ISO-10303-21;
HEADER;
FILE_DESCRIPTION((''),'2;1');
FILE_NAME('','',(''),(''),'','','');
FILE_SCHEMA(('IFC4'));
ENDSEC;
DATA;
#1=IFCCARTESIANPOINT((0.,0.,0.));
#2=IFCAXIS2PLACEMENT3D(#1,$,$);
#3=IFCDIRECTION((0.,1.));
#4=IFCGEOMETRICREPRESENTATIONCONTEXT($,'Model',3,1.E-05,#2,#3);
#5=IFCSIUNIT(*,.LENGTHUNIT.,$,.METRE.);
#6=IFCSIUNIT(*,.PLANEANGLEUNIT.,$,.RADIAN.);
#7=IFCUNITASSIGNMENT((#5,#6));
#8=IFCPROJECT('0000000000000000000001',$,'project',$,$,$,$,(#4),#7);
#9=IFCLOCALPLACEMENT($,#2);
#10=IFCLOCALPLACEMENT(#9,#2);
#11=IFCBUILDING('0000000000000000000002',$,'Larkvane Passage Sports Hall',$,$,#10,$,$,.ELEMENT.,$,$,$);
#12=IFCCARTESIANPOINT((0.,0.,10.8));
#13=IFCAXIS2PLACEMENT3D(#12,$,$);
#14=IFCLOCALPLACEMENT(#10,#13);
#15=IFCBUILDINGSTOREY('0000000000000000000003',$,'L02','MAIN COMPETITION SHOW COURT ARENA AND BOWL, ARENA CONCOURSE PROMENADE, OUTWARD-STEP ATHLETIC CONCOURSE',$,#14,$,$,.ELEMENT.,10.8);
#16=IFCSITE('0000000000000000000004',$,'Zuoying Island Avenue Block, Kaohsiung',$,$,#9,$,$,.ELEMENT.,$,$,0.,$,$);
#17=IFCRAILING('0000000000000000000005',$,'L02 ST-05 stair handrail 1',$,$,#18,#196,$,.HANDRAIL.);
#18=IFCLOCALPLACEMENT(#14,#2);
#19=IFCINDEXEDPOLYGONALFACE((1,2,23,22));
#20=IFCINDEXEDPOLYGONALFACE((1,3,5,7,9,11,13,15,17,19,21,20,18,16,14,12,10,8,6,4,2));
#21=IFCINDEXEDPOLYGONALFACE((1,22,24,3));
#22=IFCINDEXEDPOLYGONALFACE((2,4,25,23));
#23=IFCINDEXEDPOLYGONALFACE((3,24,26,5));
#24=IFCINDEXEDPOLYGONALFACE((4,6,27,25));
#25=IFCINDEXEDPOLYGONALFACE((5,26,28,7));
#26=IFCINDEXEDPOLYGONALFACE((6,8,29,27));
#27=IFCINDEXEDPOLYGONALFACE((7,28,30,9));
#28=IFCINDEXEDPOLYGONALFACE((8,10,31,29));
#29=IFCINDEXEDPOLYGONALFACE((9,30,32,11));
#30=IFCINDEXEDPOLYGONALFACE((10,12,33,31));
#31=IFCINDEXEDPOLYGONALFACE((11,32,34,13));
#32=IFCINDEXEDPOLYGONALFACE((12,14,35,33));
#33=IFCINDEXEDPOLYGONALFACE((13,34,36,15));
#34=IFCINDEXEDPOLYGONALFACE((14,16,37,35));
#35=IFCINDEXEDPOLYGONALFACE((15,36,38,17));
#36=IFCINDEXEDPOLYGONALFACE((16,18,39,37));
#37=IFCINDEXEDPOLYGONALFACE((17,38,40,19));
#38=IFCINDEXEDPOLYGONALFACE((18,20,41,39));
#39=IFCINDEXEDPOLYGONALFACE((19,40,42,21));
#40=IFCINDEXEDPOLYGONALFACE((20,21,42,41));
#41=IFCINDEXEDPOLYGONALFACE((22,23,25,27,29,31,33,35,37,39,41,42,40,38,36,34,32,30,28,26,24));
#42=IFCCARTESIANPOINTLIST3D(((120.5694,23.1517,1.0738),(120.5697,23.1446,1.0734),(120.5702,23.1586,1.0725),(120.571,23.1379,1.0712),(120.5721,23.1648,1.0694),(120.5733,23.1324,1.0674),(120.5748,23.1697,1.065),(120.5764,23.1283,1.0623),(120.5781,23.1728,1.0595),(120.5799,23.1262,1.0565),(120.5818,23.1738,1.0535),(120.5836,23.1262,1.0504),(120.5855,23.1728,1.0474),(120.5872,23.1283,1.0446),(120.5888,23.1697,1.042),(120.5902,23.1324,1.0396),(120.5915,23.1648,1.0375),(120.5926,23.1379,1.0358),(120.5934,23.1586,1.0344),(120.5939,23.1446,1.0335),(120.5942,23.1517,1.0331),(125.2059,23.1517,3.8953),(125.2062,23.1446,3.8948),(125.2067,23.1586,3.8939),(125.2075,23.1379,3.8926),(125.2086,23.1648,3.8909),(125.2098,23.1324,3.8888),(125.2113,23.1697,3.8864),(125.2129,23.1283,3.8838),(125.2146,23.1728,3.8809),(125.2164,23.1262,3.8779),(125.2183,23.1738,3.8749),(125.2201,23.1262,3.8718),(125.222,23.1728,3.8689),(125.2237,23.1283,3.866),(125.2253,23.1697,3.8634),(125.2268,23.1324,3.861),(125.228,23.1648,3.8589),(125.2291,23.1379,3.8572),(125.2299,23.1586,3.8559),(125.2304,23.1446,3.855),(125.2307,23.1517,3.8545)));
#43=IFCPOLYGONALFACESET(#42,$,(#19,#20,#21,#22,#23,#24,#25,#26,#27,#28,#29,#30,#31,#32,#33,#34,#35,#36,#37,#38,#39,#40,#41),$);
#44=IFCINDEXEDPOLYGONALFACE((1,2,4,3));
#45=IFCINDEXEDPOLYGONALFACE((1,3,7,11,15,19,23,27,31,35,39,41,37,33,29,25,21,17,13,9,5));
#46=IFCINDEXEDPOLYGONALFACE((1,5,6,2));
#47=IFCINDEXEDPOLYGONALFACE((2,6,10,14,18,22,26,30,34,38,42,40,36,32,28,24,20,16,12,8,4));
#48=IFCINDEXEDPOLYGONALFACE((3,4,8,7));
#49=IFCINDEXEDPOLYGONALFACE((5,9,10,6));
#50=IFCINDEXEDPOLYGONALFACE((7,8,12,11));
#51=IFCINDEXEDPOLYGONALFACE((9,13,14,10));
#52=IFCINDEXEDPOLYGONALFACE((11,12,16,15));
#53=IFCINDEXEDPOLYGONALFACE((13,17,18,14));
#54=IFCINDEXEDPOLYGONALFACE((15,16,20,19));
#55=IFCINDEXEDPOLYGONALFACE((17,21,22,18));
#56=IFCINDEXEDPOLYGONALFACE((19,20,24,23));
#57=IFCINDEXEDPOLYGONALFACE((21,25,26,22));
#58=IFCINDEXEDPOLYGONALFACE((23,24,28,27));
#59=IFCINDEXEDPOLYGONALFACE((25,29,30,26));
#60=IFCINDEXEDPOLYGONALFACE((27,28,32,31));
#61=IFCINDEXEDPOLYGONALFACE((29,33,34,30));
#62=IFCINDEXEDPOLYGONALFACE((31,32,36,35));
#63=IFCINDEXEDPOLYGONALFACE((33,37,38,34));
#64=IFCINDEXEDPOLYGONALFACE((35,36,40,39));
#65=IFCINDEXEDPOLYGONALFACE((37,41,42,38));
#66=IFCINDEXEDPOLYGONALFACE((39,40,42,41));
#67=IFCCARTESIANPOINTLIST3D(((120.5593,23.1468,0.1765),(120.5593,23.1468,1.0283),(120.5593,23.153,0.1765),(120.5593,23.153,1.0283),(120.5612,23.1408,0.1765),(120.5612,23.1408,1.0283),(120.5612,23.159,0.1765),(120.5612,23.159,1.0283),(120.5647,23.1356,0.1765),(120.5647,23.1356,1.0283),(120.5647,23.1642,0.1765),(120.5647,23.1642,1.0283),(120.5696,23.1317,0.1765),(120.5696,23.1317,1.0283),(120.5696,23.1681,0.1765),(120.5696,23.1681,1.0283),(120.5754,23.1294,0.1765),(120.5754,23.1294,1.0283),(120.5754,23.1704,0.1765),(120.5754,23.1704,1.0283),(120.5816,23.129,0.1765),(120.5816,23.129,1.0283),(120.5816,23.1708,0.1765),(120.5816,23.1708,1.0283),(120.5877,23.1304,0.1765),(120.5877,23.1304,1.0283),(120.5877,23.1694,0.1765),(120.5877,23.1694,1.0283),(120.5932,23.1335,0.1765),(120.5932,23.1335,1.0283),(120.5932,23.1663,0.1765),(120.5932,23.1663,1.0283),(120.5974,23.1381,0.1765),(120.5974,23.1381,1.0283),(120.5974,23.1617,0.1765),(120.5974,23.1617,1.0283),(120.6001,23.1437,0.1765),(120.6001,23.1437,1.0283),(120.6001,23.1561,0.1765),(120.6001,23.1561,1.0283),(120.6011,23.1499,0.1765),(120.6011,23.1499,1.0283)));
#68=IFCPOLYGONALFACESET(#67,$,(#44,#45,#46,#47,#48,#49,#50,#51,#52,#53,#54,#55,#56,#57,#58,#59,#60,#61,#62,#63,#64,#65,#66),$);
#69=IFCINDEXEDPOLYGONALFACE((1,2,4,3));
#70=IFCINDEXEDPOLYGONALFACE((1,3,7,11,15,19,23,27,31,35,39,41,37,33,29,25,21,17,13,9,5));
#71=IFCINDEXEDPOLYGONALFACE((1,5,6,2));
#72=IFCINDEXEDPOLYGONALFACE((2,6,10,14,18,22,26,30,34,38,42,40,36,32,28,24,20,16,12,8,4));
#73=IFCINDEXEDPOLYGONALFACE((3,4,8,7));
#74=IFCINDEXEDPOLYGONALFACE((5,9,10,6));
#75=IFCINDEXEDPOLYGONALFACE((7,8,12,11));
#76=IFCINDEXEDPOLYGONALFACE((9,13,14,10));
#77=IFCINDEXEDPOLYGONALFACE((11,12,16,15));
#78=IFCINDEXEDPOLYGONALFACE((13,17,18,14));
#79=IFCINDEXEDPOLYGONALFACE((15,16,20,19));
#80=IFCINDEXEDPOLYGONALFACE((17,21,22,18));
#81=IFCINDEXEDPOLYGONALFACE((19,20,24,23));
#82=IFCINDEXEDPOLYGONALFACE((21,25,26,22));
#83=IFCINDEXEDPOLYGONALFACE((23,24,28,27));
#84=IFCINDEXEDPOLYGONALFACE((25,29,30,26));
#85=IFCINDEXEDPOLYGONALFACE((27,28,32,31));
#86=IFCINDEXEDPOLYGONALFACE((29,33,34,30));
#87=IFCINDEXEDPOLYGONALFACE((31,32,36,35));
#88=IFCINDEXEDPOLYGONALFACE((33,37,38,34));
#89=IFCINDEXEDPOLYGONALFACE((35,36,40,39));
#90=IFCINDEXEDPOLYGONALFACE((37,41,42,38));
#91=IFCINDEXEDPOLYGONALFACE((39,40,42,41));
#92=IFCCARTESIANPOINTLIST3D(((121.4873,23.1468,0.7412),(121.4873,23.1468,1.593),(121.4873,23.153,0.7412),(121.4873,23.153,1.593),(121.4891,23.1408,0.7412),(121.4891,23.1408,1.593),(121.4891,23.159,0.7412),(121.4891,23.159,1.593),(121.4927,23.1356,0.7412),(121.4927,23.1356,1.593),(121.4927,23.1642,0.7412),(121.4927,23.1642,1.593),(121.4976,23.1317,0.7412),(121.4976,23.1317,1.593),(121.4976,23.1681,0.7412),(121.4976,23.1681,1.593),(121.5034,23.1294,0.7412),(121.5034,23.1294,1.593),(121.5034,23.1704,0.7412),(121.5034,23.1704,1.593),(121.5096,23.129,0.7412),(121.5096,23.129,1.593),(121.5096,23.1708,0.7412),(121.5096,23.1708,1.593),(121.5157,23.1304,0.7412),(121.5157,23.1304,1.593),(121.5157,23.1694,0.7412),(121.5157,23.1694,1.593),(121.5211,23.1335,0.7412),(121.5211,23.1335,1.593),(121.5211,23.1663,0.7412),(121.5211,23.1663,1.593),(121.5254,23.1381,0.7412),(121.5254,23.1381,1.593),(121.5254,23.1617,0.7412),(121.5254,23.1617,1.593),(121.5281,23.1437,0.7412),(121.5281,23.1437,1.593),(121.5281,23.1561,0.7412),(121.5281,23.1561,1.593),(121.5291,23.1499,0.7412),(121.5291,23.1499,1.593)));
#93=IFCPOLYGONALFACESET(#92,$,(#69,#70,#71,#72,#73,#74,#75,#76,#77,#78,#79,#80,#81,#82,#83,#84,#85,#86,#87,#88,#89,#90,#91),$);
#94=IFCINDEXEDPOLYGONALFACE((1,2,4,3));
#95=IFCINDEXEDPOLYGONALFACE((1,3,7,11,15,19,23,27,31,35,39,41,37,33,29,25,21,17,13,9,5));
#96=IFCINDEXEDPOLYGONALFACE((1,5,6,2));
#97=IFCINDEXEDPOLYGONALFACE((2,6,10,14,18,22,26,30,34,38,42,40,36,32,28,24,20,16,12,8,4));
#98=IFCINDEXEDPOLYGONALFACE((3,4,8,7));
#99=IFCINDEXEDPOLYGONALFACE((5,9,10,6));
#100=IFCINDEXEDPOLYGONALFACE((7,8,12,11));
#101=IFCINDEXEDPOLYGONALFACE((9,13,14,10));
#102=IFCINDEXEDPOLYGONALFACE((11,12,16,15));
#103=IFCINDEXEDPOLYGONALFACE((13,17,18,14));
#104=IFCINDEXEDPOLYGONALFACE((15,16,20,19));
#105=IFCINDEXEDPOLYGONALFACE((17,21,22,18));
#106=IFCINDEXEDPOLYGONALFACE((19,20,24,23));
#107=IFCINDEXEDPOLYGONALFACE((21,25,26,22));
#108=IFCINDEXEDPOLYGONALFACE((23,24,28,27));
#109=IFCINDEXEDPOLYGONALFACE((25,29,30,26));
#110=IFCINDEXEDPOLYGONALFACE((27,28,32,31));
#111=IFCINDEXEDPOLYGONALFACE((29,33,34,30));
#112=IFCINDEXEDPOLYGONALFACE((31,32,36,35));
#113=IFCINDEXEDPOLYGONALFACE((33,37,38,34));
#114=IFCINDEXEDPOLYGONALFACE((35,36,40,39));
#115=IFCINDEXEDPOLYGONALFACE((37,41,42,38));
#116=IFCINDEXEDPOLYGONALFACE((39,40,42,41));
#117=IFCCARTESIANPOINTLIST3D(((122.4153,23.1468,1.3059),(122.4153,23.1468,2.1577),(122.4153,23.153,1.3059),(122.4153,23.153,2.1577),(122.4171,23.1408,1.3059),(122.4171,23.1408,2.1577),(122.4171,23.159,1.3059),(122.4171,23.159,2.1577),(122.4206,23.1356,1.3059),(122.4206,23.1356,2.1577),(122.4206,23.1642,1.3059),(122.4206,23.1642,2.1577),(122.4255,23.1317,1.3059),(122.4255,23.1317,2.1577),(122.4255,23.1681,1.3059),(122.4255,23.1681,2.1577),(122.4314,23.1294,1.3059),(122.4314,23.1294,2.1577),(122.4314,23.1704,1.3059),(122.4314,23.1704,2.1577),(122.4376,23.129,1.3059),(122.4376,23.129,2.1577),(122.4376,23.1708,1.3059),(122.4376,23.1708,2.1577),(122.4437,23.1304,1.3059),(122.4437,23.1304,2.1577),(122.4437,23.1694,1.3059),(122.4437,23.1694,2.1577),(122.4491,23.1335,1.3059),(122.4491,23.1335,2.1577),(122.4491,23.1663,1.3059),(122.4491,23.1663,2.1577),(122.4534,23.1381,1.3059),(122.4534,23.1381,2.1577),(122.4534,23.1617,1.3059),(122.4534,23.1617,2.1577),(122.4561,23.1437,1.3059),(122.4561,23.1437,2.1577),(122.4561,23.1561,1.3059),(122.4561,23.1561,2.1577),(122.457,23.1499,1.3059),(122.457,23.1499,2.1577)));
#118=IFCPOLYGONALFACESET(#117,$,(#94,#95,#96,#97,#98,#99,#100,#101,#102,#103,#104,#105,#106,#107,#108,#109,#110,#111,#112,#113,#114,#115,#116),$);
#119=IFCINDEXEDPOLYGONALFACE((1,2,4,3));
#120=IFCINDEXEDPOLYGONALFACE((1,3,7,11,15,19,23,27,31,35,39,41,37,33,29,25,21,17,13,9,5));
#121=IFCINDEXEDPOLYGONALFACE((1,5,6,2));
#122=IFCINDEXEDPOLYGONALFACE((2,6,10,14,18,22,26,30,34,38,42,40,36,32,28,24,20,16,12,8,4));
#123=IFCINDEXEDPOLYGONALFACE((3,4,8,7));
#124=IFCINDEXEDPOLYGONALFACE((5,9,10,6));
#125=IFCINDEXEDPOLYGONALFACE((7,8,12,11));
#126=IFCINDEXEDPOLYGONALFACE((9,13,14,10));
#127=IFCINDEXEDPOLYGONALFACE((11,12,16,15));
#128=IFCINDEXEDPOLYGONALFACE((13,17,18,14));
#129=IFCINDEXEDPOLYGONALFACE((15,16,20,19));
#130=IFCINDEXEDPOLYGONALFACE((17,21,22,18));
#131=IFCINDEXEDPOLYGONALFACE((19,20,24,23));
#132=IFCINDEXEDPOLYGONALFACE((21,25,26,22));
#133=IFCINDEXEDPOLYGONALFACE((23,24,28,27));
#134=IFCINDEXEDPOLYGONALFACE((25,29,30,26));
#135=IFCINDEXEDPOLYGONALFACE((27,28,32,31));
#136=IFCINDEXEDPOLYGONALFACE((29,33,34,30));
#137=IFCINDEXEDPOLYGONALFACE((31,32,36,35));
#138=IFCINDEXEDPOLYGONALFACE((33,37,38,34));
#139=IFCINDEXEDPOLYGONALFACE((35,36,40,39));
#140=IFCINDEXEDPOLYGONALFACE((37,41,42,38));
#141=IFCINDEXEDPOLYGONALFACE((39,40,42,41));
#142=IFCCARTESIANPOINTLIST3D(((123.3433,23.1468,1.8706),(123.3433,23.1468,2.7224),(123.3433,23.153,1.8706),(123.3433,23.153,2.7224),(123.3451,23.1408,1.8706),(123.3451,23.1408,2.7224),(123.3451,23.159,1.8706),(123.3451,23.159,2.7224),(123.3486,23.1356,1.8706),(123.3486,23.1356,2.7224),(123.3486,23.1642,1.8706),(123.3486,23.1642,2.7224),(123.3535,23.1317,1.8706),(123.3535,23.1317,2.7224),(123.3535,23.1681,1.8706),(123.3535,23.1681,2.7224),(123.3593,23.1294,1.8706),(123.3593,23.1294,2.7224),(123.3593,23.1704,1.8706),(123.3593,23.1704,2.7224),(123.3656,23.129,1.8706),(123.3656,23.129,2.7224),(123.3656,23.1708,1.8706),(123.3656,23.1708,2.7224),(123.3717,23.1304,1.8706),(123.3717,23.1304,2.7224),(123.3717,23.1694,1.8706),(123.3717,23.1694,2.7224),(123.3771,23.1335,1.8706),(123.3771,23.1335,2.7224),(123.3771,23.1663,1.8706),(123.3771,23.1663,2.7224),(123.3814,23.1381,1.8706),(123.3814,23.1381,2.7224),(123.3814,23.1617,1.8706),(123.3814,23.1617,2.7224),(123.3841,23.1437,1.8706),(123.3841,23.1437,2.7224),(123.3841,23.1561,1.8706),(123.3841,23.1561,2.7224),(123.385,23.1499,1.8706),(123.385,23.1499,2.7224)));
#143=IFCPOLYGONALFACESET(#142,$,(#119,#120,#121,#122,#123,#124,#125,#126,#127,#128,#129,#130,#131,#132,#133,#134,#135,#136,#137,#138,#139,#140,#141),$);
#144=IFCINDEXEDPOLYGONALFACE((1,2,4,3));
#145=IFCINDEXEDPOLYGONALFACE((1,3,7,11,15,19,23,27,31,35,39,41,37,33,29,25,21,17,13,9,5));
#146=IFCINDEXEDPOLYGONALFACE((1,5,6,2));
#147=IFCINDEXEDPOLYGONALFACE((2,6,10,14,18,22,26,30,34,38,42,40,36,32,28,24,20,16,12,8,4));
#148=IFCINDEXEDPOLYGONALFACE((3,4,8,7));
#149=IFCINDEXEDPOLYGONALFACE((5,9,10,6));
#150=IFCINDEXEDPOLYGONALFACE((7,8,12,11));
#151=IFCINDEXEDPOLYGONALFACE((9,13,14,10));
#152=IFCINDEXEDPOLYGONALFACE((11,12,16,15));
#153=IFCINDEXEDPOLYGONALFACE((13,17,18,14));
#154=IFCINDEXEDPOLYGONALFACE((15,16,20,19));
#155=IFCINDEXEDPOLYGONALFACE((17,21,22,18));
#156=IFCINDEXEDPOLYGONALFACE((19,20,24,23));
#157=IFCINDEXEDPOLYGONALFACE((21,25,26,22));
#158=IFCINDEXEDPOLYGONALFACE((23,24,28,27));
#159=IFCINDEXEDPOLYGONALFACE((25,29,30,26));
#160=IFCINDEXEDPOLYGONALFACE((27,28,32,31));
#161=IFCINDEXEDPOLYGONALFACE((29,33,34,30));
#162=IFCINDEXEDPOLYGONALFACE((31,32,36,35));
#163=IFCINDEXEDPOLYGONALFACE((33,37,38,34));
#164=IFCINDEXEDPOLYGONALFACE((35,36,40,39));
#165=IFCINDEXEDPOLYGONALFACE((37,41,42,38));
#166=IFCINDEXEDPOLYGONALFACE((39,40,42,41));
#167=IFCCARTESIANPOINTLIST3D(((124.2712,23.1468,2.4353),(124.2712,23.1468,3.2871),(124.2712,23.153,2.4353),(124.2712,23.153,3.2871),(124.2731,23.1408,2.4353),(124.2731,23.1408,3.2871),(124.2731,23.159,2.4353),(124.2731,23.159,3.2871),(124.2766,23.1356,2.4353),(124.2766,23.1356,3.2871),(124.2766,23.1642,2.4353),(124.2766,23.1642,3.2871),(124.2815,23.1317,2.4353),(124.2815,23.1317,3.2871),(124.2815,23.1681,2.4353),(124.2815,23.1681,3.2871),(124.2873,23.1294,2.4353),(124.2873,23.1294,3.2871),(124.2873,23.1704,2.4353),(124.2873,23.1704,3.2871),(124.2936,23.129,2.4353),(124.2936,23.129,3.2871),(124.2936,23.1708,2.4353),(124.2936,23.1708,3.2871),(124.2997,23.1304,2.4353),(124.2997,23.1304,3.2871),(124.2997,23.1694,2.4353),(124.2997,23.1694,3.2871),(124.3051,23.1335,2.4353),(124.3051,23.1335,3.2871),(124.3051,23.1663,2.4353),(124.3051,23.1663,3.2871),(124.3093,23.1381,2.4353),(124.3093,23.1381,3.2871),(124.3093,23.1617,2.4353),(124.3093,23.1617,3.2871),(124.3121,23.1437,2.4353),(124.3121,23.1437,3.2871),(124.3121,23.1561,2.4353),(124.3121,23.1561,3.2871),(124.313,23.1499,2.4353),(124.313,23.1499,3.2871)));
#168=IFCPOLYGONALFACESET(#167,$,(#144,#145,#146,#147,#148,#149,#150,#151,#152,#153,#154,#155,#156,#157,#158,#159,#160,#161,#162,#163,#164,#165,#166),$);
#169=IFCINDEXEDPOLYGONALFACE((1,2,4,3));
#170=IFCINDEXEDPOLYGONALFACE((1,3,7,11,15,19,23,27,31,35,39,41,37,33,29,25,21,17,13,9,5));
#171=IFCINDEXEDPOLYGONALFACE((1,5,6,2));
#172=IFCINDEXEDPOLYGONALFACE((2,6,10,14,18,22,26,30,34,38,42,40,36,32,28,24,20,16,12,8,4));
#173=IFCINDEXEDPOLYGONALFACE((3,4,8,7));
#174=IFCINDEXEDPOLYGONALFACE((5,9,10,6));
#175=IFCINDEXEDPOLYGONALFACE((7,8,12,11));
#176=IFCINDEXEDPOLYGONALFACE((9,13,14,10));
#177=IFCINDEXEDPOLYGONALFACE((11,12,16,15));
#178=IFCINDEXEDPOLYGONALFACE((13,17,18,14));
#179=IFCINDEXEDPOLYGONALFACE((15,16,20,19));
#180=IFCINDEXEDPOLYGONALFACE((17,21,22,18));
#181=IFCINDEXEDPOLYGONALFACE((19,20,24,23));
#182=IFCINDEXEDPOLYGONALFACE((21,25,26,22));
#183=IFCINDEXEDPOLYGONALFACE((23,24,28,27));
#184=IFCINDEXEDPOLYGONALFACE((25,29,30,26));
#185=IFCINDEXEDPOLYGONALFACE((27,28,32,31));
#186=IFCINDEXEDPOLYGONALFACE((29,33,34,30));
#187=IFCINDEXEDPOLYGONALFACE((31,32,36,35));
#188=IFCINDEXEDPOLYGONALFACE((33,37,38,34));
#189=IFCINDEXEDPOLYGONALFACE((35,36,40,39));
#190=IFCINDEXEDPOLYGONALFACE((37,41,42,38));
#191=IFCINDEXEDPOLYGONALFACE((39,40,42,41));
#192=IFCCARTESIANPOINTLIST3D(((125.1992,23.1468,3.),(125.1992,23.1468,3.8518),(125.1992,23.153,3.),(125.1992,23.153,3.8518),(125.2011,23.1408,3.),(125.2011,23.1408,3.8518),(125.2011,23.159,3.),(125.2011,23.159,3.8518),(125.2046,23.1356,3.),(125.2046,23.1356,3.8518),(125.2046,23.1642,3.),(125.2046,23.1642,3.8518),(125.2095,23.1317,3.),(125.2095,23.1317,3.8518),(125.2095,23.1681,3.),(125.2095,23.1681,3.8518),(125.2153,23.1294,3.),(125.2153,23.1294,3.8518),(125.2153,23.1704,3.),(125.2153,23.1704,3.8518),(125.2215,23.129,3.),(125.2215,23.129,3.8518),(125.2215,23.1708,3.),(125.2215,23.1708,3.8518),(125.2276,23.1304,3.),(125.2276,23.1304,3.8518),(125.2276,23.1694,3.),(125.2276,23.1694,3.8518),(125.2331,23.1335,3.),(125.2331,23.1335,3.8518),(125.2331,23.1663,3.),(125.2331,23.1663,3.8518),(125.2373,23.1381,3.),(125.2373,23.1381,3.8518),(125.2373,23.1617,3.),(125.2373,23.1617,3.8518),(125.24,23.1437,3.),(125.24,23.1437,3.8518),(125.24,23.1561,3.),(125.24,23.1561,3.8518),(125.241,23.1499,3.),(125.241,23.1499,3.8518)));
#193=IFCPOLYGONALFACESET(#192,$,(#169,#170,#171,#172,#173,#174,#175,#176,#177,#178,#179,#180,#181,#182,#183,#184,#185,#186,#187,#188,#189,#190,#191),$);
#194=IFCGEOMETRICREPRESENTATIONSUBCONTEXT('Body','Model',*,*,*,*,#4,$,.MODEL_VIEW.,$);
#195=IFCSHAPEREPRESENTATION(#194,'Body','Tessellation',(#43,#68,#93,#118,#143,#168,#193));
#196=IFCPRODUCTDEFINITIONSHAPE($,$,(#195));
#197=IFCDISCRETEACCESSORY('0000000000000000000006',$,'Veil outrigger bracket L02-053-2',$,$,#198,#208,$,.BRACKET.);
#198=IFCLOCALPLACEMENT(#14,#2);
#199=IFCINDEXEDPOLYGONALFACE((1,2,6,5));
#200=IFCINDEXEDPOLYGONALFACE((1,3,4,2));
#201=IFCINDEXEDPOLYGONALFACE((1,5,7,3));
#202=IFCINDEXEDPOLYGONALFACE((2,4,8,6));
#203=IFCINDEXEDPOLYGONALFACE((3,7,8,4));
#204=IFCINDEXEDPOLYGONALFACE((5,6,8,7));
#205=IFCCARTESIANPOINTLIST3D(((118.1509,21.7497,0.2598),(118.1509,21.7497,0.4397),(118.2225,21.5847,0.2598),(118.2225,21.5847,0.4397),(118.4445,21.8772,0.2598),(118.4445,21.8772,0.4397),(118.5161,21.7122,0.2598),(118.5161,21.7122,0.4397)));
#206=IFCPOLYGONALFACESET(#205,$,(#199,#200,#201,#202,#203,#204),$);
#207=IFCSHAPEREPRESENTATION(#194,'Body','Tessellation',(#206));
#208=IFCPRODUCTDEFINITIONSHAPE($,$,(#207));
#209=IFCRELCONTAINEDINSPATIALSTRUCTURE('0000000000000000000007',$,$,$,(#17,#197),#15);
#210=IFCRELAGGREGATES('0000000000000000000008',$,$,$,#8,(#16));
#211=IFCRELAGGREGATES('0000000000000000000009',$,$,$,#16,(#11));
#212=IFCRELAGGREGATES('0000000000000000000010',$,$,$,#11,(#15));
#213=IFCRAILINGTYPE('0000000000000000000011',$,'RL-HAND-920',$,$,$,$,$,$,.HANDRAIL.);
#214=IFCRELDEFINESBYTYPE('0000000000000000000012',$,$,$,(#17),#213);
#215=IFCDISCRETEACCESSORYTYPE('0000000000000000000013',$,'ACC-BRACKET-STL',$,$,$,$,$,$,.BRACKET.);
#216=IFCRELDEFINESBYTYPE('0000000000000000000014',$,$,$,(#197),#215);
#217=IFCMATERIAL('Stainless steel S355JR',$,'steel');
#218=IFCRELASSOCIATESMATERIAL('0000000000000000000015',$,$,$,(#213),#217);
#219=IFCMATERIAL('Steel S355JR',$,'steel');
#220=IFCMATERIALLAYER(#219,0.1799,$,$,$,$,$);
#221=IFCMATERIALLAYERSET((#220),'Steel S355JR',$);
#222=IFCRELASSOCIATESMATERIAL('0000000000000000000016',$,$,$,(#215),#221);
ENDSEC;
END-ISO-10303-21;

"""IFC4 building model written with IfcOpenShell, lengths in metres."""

from ifc_helpers import new_model, si_unit, direction, frame, origin, origin_2d, place, context, subcontext, project, spatial, rectangle, circle, extrude, material, layer, layer_set, type_object, element, save


model = new_model("IFC4")

# Units and contexts
model_context = context("Model", 3, precision=1e-05, world=origin(), true_north=direction((0.0, 1.0)))
body_context = subcontext(model_context, "Body", "Model", "MODEL_VIEW")
ifc_project = project(units=[si_unit("LENGTHUNIT", "METRE"), si_unit("PLANEANGLEUNIT", "RADIAN")], contexts=[model_context])

# Site, building, storey
site_placement = place(None, origin())
site = spatial("IfcSite", under=ifc_project, at=site_placement, Name="Zuoying Island Avenue Block, Kaohsiung", CompositionType="ELEMENT", RefElevation=0.0)
building_placement = place(site_placement, origin())
building = spatial("IfcBuilding", under=site, at=building_placement, Name="Larkvane Passage Sports Hall", CompositionType="ELEMENT")
storey_placement = place(building_placement, frame((0.0, 0.0, 10.8)))
storey = spatial("IfcBuildingStorey", under=building, at=storey_placement, Name="L02", Description="MAIN COMPETITION SHOW COURT ARENA AND BOWL, ARENA CONCOURSE PROMENADE, OUTWARD-STEP ATHLETIC CONCOURSE", CompositionType="ELEMENT", Elevation=10.8)

# Shared definitions
ifc_material_1 = material(Name="Steel S355JR", Category="steel")

# Railing
ifc_material_2 = material(Name="Stainless steel S355JR", Category="steel")
railing_type_1 = type_object("IfcRailingType", Name="RL-HAND-920", PredefinedType="HANDRAIL", material=ifc_material_2)
railing_1_placement = place(storey_placement, frame((120.5801, 23.1499, 0.1765)))
element("IfcRailing", 1, at=railing_1_placement, inside=storey, type_object=railing_type_1, Name="L02 ST-05 stair handrail 1", PredefinedType="HANDRAIL", context=body_context, shape_type="SweptSolid", body=[
    extrude(circle(Radius=0.0239, at=origin_2d()), frame((0.0017, 0.0, 0.877), z_axis=(0.854264, 0.0, 0.51984), x_axis=(0.0, 1.0, 0.0)), (0.0, 0.0, 1.0), 5.4275),
    extrude(circle(Radius=0.021, at=origin_2d()), origin(), (0.0, 0.0, 1.0), 0.8518),
    extrude(circle(Radius=0.021, at=origin_2d()), frame((0.928, 0.0, 0.5647)), (0.0, 0.0, 1.0), 0.8518),
    extrude(circle(Radius=0.021, at=origin_2d()), frame((1.856, 0.0, 1.1294)), (0.0, 0.0, 1.0), 0.8518),
    extrude(circle(Radius=0.021, at=origin_2d()), frame((2.7839, 0.0, 1.6941)), (0.0, 0.0, 1.0), 0.8518),
    extrude(circle(Radius=0.021, at=origin_2d()), frame((3.7119, 0.0, 2.2588)), (0.0, 0.0, 1.0), 0.8518),
    extrude(circle(Radius=0.021, at=origin_2d()), frame((4.6399, 0.0, 2.8235)), (0.0, 0.0, 1.0), 0.8518),
])

# Discrete accessory
ifc_layer_1 = layer(ifc_material_1, 0.1799)
ifc_layer_set_1 = layer_set([ifc_layer_1], Name="Steel S355JR")
discrete_accessory_type = type_object("IfcDiscreteAccessoryType", Name="ACC-BRACKET-STL", PredefinedType="BRACKET", material=ifc_layer_set_1)
discrete_accessory_placement = place(storey_placement, frame((118.3335, 21.731, 0.2598), z_axis=(0.0, 0.0, 1.0), x_axis=(-0.398285, 0.917262, 0.0)))
element("IfcDiscreteAccessory", 2, at=discrete_accessory_placement, inside=storey, type_object=discrete_accessory_type, Name="Veil outrigger bracket L02-053-2", PredefinedType="BRACKET", context=body_context, shape_type="SweptSolid", body=[
    extrude(rectangle(XDim=0.1799, YDim=0.3201, at=origin_2d()), origin(), (0.0, 0.0, 1.0), 0.1799),
])

save(model, "model.ifc")
